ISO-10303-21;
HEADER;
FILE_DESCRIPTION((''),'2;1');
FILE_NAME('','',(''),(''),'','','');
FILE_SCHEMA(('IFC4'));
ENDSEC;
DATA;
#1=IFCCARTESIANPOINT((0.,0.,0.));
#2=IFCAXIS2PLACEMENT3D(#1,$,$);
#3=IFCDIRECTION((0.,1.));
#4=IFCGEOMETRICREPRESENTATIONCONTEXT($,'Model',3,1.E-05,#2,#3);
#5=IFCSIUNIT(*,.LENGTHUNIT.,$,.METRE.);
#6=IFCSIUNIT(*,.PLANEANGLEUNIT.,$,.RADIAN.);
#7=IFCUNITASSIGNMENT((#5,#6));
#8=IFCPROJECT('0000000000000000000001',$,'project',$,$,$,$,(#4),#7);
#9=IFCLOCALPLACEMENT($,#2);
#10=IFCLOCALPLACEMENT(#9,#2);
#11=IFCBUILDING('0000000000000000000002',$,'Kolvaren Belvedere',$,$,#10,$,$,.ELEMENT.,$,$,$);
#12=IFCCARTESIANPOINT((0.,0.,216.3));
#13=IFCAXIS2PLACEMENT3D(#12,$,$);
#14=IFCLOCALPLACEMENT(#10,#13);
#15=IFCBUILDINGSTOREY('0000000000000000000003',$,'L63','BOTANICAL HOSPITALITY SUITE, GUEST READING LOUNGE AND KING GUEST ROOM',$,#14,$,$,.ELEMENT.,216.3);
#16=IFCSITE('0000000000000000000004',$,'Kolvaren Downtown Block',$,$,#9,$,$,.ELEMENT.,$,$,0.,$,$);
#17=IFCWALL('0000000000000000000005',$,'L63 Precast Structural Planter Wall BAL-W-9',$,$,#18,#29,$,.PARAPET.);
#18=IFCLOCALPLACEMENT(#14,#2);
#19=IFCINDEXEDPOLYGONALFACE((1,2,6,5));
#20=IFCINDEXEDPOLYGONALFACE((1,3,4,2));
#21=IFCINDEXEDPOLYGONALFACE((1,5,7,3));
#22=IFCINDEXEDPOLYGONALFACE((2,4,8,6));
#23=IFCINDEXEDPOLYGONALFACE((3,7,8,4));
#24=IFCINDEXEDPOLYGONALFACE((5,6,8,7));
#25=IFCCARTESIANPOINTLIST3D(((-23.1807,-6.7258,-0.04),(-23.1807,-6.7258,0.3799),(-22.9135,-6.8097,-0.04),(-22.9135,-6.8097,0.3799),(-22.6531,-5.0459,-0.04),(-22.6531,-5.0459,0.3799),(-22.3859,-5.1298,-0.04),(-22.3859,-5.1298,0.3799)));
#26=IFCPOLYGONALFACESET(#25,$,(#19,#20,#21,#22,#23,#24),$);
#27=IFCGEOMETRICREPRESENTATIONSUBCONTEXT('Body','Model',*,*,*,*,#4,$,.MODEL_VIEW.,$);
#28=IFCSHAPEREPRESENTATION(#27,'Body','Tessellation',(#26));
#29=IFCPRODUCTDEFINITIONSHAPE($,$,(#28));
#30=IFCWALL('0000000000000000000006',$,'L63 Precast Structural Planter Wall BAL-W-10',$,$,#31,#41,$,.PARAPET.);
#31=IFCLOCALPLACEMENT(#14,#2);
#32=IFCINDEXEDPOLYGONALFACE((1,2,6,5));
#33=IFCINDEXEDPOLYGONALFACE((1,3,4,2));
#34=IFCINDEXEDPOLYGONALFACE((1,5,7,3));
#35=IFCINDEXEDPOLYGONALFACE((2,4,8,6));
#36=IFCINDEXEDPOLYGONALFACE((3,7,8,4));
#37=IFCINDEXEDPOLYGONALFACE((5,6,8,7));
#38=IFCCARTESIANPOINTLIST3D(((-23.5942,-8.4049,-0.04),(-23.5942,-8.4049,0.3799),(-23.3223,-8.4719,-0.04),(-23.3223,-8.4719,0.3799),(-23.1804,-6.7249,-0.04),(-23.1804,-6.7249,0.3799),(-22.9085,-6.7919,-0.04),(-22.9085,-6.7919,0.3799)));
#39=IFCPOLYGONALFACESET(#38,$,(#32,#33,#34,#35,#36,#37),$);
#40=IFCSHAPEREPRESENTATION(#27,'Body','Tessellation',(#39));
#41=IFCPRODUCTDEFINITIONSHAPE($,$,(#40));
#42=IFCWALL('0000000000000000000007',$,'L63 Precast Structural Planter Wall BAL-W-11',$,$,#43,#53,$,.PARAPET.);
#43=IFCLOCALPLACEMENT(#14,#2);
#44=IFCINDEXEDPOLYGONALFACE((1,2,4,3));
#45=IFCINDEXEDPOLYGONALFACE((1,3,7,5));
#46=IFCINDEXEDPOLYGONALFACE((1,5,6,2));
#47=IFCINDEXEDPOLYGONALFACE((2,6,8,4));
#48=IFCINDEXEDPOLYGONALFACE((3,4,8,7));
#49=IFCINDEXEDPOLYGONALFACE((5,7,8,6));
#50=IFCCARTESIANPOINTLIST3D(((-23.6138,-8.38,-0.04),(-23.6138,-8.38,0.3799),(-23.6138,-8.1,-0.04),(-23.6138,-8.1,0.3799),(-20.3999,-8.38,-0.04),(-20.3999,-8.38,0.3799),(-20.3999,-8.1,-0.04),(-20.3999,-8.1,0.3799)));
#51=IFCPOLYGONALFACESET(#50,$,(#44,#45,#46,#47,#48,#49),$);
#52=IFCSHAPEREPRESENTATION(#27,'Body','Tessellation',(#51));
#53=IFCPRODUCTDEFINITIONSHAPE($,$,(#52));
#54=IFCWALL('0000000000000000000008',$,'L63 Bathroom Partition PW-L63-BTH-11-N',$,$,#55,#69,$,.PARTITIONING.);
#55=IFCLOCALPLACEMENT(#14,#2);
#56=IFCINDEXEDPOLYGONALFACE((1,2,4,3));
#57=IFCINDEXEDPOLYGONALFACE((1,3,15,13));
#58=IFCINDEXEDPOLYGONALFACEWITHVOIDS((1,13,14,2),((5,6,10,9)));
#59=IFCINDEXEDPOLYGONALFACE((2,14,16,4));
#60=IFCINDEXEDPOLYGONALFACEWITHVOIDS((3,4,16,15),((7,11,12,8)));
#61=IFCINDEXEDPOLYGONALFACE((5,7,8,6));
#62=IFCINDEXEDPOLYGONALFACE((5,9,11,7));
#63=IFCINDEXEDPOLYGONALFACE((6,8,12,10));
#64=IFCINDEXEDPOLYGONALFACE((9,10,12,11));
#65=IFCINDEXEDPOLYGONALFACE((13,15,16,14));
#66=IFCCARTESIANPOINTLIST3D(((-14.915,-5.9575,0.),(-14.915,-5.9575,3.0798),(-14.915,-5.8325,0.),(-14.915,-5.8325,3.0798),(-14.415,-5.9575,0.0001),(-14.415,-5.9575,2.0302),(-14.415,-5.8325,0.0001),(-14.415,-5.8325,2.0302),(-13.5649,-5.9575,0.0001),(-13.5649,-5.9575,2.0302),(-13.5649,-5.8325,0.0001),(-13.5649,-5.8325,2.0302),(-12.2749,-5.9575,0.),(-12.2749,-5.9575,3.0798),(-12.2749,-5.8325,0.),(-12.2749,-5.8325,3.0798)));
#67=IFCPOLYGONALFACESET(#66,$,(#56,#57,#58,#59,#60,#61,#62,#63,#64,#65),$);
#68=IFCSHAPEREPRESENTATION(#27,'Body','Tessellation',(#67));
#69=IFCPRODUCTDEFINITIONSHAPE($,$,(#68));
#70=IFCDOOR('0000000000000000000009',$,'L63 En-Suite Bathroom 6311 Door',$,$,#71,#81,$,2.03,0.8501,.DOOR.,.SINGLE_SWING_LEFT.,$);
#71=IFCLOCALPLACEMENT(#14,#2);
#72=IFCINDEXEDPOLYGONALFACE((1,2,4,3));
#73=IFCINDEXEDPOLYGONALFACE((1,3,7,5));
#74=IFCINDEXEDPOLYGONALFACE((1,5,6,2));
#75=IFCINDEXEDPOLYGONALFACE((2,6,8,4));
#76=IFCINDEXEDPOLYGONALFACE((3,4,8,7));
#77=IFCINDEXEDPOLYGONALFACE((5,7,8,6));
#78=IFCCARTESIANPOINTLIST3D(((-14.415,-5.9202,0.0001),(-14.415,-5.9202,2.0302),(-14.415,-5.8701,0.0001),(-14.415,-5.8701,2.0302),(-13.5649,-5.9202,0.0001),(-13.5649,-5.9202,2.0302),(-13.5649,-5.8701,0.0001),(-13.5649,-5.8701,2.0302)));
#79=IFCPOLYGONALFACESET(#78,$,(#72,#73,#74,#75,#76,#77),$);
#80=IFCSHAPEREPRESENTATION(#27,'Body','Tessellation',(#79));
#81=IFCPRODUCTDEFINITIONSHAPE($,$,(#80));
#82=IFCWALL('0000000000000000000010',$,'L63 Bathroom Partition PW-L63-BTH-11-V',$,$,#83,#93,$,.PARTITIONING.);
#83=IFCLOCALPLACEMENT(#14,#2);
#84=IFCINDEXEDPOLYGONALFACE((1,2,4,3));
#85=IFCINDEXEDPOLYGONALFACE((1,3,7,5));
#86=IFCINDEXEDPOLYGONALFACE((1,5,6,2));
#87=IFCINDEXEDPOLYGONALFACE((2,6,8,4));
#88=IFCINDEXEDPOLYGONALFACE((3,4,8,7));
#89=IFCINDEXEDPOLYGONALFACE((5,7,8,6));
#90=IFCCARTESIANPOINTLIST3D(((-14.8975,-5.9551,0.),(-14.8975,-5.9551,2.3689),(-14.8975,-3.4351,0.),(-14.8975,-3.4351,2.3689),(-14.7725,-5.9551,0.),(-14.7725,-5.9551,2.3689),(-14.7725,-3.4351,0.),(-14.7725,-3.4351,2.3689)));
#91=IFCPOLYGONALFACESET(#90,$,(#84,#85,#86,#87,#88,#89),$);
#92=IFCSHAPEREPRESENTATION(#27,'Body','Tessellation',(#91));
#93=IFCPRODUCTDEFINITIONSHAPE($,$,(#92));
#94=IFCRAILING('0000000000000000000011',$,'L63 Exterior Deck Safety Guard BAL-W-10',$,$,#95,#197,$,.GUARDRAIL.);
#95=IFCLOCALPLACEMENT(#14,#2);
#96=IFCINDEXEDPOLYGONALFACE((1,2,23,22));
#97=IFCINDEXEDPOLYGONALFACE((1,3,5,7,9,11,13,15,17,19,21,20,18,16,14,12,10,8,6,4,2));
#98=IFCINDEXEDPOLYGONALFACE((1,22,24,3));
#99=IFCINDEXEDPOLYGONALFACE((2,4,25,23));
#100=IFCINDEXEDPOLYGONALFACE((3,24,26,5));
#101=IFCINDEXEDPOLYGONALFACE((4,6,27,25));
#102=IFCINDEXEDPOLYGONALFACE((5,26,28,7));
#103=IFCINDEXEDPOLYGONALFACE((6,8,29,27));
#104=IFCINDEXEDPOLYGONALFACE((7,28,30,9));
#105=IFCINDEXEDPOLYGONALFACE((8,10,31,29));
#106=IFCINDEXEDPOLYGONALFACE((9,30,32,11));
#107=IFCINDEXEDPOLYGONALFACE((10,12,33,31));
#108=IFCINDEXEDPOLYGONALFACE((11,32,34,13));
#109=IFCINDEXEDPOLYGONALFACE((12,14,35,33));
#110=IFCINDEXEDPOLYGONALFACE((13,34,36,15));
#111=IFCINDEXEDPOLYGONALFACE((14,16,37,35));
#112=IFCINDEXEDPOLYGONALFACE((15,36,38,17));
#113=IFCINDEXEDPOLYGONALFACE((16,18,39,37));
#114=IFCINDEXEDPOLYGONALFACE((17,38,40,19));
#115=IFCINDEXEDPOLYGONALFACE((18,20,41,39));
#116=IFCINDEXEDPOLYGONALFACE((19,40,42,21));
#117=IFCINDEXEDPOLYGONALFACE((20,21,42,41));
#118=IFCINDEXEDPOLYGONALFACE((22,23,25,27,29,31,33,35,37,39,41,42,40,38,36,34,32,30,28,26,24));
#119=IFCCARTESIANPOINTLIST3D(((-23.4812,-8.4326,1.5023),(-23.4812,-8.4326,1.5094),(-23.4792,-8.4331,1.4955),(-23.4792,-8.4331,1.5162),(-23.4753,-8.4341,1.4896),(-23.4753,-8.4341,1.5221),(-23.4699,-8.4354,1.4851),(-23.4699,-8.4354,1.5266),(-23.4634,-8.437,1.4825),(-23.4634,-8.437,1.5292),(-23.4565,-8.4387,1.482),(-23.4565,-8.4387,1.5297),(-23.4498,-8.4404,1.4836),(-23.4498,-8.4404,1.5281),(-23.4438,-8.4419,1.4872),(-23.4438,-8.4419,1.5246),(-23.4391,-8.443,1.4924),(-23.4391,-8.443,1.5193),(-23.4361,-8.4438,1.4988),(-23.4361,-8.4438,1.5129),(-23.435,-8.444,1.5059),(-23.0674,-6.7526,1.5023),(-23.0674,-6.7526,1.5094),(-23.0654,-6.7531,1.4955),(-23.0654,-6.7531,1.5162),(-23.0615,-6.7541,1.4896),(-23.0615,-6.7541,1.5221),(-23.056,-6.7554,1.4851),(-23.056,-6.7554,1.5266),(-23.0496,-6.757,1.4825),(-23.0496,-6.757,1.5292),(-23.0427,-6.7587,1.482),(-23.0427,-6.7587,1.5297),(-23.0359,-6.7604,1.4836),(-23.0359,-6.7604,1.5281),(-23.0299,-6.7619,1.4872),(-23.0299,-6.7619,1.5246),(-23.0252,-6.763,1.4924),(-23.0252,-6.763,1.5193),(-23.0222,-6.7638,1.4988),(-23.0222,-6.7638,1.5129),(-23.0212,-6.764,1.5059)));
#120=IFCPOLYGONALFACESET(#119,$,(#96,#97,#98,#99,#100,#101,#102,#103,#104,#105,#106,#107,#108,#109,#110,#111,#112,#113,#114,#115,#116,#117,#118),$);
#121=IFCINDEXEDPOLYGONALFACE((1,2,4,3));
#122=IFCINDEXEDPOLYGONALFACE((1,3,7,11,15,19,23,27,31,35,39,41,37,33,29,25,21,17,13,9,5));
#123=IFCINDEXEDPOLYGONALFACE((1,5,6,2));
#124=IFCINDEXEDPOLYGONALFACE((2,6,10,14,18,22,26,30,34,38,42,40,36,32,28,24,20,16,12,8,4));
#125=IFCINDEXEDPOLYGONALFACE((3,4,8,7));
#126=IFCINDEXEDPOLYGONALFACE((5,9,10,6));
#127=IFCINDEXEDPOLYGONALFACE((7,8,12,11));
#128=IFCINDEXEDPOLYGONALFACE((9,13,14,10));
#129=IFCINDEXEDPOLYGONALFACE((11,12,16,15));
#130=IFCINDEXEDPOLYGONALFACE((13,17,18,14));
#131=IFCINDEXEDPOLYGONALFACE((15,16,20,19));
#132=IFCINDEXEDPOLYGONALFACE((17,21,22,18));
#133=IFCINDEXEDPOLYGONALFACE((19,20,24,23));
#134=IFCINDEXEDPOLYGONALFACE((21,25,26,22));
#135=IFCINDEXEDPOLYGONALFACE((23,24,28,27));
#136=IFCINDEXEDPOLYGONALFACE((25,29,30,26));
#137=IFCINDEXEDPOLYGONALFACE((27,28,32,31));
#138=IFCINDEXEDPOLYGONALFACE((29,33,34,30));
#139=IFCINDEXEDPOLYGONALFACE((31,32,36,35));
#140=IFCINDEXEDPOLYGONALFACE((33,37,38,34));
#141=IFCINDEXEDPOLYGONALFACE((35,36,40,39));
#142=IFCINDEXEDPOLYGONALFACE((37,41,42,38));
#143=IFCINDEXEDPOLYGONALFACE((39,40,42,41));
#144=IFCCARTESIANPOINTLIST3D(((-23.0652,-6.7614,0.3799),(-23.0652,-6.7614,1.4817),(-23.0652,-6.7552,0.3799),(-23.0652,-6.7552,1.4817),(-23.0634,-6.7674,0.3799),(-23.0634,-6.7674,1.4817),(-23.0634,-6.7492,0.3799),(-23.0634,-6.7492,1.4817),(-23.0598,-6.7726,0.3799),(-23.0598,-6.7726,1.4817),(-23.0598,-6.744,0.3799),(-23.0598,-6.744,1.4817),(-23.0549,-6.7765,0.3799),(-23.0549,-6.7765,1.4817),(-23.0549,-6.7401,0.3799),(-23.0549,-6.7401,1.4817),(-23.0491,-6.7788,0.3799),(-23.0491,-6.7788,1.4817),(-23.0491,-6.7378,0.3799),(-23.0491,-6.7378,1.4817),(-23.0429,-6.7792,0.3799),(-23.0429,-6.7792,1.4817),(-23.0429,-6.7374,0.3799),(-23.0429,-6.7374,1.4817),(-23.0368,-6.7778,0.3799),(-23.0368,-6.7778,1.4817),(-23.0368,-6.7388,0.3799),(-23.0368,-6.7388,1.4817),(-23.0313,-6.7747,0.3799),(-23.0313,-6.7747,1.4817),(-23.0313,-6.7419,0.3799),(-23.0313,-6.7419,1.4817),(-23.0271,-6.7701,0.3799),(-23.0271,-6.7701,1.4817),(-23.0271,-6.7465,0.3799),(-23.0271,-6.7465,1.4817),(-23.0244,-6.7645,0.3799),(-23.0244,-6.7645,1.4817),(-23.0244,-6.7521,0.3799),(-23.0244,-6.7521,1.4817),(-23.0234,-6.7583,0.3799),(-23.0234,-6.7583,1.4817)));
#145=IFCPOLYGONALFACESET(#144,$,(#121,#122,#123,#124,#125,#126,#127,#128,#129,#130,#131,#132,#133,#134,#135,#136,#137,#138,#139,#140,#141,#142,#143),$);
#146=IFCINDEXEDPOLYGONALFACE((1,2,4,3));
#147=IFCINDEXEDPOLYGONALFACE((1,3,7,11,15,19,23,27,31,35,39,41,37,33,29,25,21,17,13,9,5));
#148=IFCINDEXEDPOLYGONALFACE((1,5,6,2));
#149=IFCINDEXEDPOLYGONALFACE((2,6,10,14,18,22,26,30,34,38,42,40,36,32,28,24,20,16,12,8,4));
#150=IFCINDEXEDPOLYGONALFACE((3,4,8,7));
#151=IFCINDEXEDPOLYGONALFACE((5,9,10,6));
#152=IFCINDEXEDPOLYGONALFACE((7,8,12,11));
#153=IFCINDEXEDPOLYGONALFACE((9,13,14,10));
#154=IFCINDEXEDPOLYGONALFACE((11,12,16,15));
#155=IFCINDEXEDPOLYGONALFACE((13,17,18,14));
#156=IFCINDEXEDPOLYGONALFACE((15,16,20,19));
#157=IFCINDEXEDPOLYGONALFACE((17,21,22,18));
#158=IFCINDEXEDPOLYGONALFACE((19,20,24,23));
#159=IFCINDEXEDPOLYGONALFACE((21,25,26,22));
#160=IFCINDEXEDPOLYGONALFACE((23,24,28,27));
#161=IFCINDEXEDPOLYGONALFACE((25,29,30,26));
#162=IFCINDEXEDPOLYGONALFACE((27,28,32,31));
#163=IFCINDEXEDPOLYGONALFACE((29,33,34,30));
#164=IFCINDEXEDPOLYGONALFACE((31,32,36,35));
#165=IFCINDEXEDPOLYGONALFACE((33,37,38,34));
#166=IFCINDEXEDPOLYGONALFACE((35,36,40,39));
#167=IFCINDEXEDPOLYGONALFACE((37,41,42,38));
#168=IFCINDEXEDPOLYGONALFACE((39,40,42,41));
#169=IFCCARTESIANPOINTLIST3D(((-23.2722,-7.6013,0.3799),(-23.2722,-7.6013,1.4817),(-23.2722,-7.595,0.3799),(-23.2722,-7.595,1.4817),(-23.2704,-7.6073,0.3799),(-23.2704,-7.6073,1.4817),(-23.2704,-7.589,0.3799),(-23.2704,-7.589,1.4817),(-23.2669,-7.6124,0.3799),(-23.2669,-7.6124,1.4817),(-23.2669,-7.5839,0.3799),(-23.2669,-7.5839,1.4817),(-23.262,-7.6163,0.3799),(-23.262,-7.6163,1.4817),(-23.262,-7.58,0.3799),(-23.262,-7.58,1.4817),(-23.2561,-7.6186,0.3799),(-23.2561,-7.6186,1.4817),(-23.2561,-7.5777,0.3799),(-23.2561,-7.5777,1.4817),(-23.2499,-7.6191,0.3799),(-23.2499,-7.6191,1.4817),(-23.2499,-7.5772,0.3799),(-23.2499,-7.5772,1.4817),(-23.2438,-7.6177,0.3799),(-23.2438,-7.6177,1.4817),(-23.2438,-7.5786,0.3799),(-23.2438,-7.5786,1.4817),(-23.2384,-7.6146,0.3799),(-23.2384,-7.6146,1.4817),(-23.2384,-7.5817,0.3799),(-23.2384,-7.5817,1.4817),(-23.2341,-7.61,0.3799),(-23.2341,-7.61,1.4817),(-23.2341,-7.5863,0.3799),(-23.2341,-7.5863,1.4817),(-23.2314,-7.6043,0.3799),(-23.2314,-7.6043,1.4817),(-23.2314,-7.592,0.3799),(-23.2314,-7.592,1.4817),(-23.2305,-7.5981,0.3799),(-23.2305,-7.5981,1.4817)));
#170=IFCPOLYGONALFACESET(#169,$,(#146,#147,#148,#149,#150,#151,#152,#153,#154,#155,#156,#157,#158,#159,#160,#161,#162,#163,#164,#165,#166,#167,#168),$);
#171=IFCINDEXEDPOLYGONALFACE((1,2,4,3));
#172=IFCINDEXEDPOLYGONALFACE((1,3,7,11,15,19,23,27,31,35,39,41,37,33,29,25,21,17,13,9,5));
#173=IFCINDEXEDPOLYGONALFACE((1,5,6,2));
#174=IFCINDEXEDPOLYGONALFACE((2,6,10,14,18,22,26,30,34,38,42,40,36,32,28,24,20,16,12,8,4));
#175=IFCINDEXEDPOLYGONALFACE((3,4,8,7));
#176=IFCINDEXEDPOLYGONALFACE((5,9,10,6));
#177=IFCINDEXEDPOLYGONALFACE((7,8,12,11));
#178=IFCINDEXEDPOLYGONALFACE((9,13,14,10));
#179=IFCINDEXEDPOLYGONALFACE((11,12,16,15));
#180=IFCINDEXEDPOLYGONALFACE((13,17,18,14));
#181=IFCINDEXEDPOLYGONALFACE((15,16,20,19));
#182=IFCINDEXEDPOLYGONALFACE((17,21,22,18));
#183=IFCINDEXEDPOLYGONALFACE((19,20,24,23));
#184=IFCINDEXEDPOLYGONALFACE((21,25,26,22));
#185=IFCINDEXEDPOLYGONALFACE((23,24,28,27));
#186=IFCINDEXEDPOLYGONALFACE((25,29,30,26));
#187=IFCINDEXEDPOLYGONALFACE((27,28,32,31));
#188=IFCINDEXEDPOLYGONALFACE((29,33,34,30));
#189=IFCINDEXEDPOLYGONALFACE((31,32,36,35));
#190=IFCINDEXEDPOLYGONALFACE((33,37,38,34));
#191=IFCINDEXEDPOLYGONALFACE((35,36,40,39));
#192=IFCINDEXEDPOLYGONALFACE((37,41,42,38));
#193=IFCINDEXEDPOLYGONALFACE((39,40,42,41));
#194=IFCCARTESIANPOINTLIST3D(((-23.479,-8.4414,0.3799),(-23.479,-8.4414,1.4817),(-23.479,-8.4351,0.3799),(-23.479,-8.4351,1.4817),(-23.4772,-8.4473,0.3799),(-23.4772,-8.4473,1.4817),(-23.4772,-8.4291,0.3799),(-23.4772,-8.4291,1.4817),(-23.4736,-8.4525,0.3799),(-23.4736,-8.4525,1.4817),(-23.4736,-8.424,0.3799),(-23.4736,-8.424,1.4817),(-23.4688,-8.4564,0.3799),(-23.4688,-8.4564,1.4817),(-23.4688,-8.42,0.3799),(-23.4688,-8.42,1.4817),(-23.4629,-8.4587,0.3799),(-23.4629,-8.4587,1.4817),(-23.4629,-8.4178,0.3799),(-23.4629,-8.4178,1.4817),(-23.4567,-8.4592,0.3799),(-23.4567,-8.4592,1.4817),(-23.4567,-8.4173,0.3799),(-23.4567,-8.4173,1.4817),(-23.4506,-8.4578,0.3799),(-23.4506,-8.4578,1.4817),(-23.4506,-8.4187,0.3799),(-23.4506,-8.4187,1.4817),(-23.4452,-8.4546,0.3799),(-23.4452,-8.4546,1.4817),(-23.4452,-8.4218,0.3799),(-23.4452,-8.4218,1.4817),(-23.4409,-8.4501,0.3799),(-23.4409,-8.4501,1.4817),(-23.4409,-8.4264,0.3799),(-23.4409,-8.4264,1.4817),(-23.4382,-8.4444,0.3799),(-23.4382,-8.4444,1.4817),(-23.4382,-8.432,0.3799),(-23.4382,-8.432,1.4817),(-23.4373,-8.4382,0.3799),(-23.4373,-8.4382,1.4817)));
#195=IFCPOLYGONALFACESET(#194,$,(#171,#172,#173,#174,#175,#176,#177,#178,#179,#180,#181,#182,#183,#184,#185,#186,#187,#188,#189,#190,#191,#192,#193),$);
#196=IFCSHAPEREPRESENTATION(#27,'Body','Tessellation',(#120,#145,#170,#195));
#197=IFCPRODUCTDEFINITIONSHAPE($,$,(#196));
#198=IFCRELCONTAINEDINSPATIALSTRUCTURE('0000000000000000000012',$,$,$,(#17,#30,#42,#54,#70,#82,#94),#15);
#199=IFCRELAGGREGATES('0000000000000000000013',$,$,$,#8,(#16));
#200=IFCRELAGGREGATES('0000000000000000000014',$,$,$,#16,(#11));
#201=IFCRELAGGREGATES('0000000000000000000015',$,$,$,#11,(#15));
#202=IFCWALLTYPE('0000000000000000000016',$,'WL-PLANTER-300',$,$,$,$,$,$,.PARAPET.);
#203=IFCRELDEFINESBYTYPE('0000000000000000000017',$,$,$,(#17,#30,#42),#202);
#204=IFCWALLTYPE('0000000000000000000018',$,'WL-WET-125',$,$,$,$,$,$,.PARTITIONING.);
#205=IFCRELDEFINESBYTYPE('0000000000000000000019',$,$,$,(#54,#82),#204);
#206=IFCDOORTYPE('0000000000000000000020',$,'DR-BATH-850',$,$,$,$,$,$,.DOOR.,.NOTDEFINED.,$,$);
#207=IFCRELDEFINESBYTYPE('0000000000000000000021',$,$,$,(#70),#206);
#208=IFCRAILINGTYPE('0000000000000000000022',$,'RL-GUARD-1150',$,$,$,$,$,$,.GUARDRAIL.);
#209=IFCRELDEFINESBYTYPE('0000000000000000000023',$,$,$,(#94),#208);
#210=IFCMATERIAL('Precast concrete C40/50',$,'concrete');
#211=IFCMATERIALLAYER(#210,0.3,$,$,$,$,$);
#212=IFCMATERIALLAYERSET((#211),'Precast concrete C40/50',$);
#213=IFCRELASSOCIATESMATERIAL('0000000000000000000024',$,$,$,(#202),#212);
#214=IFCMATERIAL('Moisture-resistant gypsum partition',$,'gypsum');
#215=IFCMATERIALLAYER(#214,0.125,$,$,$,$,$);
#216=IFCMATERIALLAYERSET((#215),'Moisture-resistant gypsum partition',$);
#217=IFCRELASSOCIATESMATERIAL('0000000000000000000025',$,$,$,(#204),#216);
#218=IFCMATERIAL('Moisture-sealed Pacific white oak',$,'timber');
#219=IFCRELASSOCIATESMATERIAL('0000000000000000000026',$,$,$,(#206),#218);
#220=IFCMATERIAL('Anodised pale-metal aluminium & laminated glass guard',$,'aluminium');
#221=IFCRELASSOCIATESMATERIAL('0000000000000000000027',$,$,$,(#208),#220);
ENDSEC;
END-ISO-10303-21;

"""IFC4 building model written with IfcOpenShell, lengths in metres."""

from ifc_helpers import new_model, si_unit, direction, frame, frame_2d, origin, origin_2d, place, context, subcontext, project, spatial, rectangle, circle, extrude, material, layer, layer_set, type_object, element, fill, save


model = new_model("IFC4")

# Units and contexts
model_context = context("Model", 3, precision=1e-05, world=origin(), true_north=direction((0.0, 1.0)))
body_context = subcontext(model_context, "Body", "Model", "MODEL_VIEW")
ifc_project = project(units=[si_unit("LENGTHUNIT", "METRE"), si_unit("PLANEANGLEUNIT", "RADIAN")], contexts=[model_context])

# Site, building, storey
site_placement = place(None, origin())
site = spatial("IfcSite", under=ifc_project, at=site_placement, Name="Kolvaren Downtown Block", CompositionType="ELEMENT", RefElevation=0.0)
building_placement = place(site_placement, origin())
building = spatial("IfcBuilding", under=site, at=building_placement, Name="Kolvaren Belvedere", CompositionType="ELEMENT")
storey_placement = place(building_placement, frame((0.0, 0.0, 216.3)))
storey = spatial("IfcBuildingStorey", under=building, at=storey_placement, Name="L63", Description="BOTANICAL HOSPITALITY SUITE, GUEST READING LOUNGE AND KING GUEST ROOM", CompositionType="ELEMENT", Elevation=216.3)

# Walls
ifc_material_1 = material(Name="Precast concrete C40/50", Category="concrete")
ifc_layer_1 = layer(ifc_material_1, 0.3)
ifc_layer_set_1 = layer_set([ifc_layer_1], Name="Precast concrete C40/50")
wall_type_1 = type_object("IfcWallType", Name="WL-PLANTER-300", PredefinedType="PARAPET", material=ifc_layer_set_1)
wall_1_placement = place(storey_placement, frame((-22.5195, -5.0879, -0.04), z_axis=(0.0, 0.0, 1.0), x_axis=(-0.299625, -0.954057, 0.0)))
element("IfcWall", 1, at=wall_1_placement, inside=storey, type_object=wall_type_1, Name="L63 Precast Structural Planter Wall BAL-W-9", PredefinedType="PARAPET", context=body_context, shape_type="SweptSolid", body=[
    extrude(rectangle(XDim=1.7607, YDim=0.28, at=frame_2d((0.8804, 0.0))), origin(), (0.0, 0.0, 1.0), 0.4199),
])
wall_2_placement = place(storey_placement, frame((-23.0444, -6.7583, -0.04), z_axis=(0.0, 0.0, 1.0), x_axis=(-0.239181, -0.970975, 0.0)))
element("IfcWall", 2, at=wall_2_placement, inside=storey, type_object=wall_type_1, Name="L63 Precast Structural Planter Wall BAL-W-10", PredefinedType="PARAPET", context=body_context, shape_type="SweptSolid", body=[
    extrude(rectangle(XDim=1.7302, YDim=0.28, at=frame_2d((0.8652, 0.0))), origin(), (0.0, 0.0, 1.0), 0.4199),
])
wall_3_placement = place(storey_placement, frame((-23.6138, -8.24, -0.04), z_axis=(0.0, 0.0, 1.0), x_axis=(1.0, 0.0, 0.0)))
element("IfcWall", 3, at=wall_3_placement, inside=storey, type_object=wall_type_1, Name="L63 Precast Structural Planter Wall BAL-W-11", PredefinedType="PARAPET", context=body_context, shape_type="SweptSolid", body=[
    extrude(rectangle(XDim=3.2139, YDim=0.28, at=frame_2d((1.6069, 0.0))), origin(), (0.0, 0.0, 1.0), 0.4199),
])

# Wall, opening, door
ifc_material_2 = material(Name="Moisture-resistant gypsum partition", Category="gypsum")
ifc_layer_2 = layer(ifc_material_2, 0.125)
ifc_layer_set_2 = layer_set([ifc_layer_2], Name="Moisture-resistant gypsum partition")
wall_type_2 = type_object("IfcWallType", Name="WL-WET-125", PredefinedType="PARTITIONING", material=ifc_layer_set_2)
wall_4_placement = place(storey_placement, frame((-14.915, -5.895, 0.0), z_axis=(0.0, 0.0, 1.0), x_axis=(1.0, 0.0, 0.0)))
wall_4 = element("IfcWall", 4, at=wall_4_placement, inside=storey, type_object=wall_type_2, Name="L63 Bathroom Partition PW-L63-BTH-11-N", PredefinedType="PARTITIONING", context=body_context, shape_type="SweptSolid", body=[
    extrude(rectangle(XDim=2.6401, YDim=0.125, at=frame_2d((1.3201, 0.0))), origin(), (0.0, 0.0, 1.0), 3.0798),
])
opening_1_placement = place(wall_4_placement, frame((0.5, 0.0, 0.0)))
opening_1 = element("IfcOpeningElement", 5, at=opening_1_placement, cuts=wall_4, PredefinedType="OPENING", context=body_context, shape_type="SweptSolid", body=[
    extrude(rectangle(XDim=0.8501, YDim=2.03, at=frame_2d((0.425, 1.0151))), frame((0.0, 0.0725, 0.0), z_axis=(0.0, -1.0, 0.0), x_axis=(1.0, 0.0, 0.0)), (0.0, 0.0, 1.0), 0.145),
])
ifc_material_3 = material(Name="Moisture-sealed Pacific white oak", Category="timber")
door_type = type_object("IfcDoorType", Name="DR-BATH-850", OperationType="NOTDEFINED", PredefinedType="DOOR", material=ifc_material_3)
door_placement = place(opening_1_placement, origin())
door = element("IfcDoor", 6, at=door_placement, inside=storey, type_object=door_type, Name="L63 En-Suite Bathroom 6311 Door", OperationType="SINGLE_SWING_LEFT", OverallHeight=2.03, OverallWidth=0.8501, PredefinedType="DOOR", context=body_context, shape_type="SweptSolid", body=[
    extrude(rectangle(XDim=0.8501, YDim=2.03, at=frame_2d((0.425, 1.0151))), frame((0.0, 0.0249, 0.0), z_axis=(0.0, -1.0, 0.0), x_axis=(1.0, 0.0, 0.0)), (0.0, 0.0, 1.0), 0.05),
])
fill(opening_1, door)

# Wall
wall_5_placement = place(storey_placement, frame((-14.835, -5.9551, 0.0), z_axis=(0.0, 0.0, 1.0), x_axis=(0.0, 1.0, 0.0)))
element("IfcWall", 7, at=wall_5_placement, inside=storey, type_object=wall_type_2, Name="L63 Bathroom Partition PW-L63-BTH-11-V", PredefinedType="PARTITIONING", context=body_context, shape_type="SweptSolid", body=[
    extrude(rectangle(XDim=2.52, YDim=0.125, at=frame_2d((1.26, 0.0))), origin(), (0.0, 0.0, 1.0), 2.3689),
])

# Railing
ifc_material_4 = material(Name="Anodised pale-metal aluminium & laminated glass guard", Category="aluminium")
railing_type = type_object("IfcRailingType", Name="RL-GUARD-1150", PredefinedType="GUARDRAIL", material=ifc_material_4)
railing_1_placement = place(storey_placement, frame((-23.0444, -6.7583, 0.3799)))
element("IfcRailing", 8, at=railing_1_placement, inside=storey, type_object=railing_type, Name="L63 Exterior Deck Safety Guard BAL-W-10", PredefinedType="GUARDRAIL", context=body_context, shape_type="SweptSolid", body=[
    extrude(circle(Radius=0.0239, at=origin_2d()), frame((0.0, 0.0, 1.126), z_axis=(-0.239181, -0.970975, 0.0), x_axis=(0.970975, -0.239181, 0.0)), (0.0, 0.0, 1.0), 1.7302),
    extrude(circle(Radius=0.021, at=origin_2d()), origin(), (0.0, 0.0, 1.0), 1.1018),
    extrude(circle(Radius=0.021, at=origin_2d()), frame((-0.207, -0.8398, 0.0)), (0.0, 0.0, 1.0), 1.1018),
    extrude(circle(Radius=0.021, at=origin_2d()), frame((-0.4138, -1.6799, 0.0)), (0.0, 0.0, 1.0), 1.1018),
])

save(model, "model.ifc")
